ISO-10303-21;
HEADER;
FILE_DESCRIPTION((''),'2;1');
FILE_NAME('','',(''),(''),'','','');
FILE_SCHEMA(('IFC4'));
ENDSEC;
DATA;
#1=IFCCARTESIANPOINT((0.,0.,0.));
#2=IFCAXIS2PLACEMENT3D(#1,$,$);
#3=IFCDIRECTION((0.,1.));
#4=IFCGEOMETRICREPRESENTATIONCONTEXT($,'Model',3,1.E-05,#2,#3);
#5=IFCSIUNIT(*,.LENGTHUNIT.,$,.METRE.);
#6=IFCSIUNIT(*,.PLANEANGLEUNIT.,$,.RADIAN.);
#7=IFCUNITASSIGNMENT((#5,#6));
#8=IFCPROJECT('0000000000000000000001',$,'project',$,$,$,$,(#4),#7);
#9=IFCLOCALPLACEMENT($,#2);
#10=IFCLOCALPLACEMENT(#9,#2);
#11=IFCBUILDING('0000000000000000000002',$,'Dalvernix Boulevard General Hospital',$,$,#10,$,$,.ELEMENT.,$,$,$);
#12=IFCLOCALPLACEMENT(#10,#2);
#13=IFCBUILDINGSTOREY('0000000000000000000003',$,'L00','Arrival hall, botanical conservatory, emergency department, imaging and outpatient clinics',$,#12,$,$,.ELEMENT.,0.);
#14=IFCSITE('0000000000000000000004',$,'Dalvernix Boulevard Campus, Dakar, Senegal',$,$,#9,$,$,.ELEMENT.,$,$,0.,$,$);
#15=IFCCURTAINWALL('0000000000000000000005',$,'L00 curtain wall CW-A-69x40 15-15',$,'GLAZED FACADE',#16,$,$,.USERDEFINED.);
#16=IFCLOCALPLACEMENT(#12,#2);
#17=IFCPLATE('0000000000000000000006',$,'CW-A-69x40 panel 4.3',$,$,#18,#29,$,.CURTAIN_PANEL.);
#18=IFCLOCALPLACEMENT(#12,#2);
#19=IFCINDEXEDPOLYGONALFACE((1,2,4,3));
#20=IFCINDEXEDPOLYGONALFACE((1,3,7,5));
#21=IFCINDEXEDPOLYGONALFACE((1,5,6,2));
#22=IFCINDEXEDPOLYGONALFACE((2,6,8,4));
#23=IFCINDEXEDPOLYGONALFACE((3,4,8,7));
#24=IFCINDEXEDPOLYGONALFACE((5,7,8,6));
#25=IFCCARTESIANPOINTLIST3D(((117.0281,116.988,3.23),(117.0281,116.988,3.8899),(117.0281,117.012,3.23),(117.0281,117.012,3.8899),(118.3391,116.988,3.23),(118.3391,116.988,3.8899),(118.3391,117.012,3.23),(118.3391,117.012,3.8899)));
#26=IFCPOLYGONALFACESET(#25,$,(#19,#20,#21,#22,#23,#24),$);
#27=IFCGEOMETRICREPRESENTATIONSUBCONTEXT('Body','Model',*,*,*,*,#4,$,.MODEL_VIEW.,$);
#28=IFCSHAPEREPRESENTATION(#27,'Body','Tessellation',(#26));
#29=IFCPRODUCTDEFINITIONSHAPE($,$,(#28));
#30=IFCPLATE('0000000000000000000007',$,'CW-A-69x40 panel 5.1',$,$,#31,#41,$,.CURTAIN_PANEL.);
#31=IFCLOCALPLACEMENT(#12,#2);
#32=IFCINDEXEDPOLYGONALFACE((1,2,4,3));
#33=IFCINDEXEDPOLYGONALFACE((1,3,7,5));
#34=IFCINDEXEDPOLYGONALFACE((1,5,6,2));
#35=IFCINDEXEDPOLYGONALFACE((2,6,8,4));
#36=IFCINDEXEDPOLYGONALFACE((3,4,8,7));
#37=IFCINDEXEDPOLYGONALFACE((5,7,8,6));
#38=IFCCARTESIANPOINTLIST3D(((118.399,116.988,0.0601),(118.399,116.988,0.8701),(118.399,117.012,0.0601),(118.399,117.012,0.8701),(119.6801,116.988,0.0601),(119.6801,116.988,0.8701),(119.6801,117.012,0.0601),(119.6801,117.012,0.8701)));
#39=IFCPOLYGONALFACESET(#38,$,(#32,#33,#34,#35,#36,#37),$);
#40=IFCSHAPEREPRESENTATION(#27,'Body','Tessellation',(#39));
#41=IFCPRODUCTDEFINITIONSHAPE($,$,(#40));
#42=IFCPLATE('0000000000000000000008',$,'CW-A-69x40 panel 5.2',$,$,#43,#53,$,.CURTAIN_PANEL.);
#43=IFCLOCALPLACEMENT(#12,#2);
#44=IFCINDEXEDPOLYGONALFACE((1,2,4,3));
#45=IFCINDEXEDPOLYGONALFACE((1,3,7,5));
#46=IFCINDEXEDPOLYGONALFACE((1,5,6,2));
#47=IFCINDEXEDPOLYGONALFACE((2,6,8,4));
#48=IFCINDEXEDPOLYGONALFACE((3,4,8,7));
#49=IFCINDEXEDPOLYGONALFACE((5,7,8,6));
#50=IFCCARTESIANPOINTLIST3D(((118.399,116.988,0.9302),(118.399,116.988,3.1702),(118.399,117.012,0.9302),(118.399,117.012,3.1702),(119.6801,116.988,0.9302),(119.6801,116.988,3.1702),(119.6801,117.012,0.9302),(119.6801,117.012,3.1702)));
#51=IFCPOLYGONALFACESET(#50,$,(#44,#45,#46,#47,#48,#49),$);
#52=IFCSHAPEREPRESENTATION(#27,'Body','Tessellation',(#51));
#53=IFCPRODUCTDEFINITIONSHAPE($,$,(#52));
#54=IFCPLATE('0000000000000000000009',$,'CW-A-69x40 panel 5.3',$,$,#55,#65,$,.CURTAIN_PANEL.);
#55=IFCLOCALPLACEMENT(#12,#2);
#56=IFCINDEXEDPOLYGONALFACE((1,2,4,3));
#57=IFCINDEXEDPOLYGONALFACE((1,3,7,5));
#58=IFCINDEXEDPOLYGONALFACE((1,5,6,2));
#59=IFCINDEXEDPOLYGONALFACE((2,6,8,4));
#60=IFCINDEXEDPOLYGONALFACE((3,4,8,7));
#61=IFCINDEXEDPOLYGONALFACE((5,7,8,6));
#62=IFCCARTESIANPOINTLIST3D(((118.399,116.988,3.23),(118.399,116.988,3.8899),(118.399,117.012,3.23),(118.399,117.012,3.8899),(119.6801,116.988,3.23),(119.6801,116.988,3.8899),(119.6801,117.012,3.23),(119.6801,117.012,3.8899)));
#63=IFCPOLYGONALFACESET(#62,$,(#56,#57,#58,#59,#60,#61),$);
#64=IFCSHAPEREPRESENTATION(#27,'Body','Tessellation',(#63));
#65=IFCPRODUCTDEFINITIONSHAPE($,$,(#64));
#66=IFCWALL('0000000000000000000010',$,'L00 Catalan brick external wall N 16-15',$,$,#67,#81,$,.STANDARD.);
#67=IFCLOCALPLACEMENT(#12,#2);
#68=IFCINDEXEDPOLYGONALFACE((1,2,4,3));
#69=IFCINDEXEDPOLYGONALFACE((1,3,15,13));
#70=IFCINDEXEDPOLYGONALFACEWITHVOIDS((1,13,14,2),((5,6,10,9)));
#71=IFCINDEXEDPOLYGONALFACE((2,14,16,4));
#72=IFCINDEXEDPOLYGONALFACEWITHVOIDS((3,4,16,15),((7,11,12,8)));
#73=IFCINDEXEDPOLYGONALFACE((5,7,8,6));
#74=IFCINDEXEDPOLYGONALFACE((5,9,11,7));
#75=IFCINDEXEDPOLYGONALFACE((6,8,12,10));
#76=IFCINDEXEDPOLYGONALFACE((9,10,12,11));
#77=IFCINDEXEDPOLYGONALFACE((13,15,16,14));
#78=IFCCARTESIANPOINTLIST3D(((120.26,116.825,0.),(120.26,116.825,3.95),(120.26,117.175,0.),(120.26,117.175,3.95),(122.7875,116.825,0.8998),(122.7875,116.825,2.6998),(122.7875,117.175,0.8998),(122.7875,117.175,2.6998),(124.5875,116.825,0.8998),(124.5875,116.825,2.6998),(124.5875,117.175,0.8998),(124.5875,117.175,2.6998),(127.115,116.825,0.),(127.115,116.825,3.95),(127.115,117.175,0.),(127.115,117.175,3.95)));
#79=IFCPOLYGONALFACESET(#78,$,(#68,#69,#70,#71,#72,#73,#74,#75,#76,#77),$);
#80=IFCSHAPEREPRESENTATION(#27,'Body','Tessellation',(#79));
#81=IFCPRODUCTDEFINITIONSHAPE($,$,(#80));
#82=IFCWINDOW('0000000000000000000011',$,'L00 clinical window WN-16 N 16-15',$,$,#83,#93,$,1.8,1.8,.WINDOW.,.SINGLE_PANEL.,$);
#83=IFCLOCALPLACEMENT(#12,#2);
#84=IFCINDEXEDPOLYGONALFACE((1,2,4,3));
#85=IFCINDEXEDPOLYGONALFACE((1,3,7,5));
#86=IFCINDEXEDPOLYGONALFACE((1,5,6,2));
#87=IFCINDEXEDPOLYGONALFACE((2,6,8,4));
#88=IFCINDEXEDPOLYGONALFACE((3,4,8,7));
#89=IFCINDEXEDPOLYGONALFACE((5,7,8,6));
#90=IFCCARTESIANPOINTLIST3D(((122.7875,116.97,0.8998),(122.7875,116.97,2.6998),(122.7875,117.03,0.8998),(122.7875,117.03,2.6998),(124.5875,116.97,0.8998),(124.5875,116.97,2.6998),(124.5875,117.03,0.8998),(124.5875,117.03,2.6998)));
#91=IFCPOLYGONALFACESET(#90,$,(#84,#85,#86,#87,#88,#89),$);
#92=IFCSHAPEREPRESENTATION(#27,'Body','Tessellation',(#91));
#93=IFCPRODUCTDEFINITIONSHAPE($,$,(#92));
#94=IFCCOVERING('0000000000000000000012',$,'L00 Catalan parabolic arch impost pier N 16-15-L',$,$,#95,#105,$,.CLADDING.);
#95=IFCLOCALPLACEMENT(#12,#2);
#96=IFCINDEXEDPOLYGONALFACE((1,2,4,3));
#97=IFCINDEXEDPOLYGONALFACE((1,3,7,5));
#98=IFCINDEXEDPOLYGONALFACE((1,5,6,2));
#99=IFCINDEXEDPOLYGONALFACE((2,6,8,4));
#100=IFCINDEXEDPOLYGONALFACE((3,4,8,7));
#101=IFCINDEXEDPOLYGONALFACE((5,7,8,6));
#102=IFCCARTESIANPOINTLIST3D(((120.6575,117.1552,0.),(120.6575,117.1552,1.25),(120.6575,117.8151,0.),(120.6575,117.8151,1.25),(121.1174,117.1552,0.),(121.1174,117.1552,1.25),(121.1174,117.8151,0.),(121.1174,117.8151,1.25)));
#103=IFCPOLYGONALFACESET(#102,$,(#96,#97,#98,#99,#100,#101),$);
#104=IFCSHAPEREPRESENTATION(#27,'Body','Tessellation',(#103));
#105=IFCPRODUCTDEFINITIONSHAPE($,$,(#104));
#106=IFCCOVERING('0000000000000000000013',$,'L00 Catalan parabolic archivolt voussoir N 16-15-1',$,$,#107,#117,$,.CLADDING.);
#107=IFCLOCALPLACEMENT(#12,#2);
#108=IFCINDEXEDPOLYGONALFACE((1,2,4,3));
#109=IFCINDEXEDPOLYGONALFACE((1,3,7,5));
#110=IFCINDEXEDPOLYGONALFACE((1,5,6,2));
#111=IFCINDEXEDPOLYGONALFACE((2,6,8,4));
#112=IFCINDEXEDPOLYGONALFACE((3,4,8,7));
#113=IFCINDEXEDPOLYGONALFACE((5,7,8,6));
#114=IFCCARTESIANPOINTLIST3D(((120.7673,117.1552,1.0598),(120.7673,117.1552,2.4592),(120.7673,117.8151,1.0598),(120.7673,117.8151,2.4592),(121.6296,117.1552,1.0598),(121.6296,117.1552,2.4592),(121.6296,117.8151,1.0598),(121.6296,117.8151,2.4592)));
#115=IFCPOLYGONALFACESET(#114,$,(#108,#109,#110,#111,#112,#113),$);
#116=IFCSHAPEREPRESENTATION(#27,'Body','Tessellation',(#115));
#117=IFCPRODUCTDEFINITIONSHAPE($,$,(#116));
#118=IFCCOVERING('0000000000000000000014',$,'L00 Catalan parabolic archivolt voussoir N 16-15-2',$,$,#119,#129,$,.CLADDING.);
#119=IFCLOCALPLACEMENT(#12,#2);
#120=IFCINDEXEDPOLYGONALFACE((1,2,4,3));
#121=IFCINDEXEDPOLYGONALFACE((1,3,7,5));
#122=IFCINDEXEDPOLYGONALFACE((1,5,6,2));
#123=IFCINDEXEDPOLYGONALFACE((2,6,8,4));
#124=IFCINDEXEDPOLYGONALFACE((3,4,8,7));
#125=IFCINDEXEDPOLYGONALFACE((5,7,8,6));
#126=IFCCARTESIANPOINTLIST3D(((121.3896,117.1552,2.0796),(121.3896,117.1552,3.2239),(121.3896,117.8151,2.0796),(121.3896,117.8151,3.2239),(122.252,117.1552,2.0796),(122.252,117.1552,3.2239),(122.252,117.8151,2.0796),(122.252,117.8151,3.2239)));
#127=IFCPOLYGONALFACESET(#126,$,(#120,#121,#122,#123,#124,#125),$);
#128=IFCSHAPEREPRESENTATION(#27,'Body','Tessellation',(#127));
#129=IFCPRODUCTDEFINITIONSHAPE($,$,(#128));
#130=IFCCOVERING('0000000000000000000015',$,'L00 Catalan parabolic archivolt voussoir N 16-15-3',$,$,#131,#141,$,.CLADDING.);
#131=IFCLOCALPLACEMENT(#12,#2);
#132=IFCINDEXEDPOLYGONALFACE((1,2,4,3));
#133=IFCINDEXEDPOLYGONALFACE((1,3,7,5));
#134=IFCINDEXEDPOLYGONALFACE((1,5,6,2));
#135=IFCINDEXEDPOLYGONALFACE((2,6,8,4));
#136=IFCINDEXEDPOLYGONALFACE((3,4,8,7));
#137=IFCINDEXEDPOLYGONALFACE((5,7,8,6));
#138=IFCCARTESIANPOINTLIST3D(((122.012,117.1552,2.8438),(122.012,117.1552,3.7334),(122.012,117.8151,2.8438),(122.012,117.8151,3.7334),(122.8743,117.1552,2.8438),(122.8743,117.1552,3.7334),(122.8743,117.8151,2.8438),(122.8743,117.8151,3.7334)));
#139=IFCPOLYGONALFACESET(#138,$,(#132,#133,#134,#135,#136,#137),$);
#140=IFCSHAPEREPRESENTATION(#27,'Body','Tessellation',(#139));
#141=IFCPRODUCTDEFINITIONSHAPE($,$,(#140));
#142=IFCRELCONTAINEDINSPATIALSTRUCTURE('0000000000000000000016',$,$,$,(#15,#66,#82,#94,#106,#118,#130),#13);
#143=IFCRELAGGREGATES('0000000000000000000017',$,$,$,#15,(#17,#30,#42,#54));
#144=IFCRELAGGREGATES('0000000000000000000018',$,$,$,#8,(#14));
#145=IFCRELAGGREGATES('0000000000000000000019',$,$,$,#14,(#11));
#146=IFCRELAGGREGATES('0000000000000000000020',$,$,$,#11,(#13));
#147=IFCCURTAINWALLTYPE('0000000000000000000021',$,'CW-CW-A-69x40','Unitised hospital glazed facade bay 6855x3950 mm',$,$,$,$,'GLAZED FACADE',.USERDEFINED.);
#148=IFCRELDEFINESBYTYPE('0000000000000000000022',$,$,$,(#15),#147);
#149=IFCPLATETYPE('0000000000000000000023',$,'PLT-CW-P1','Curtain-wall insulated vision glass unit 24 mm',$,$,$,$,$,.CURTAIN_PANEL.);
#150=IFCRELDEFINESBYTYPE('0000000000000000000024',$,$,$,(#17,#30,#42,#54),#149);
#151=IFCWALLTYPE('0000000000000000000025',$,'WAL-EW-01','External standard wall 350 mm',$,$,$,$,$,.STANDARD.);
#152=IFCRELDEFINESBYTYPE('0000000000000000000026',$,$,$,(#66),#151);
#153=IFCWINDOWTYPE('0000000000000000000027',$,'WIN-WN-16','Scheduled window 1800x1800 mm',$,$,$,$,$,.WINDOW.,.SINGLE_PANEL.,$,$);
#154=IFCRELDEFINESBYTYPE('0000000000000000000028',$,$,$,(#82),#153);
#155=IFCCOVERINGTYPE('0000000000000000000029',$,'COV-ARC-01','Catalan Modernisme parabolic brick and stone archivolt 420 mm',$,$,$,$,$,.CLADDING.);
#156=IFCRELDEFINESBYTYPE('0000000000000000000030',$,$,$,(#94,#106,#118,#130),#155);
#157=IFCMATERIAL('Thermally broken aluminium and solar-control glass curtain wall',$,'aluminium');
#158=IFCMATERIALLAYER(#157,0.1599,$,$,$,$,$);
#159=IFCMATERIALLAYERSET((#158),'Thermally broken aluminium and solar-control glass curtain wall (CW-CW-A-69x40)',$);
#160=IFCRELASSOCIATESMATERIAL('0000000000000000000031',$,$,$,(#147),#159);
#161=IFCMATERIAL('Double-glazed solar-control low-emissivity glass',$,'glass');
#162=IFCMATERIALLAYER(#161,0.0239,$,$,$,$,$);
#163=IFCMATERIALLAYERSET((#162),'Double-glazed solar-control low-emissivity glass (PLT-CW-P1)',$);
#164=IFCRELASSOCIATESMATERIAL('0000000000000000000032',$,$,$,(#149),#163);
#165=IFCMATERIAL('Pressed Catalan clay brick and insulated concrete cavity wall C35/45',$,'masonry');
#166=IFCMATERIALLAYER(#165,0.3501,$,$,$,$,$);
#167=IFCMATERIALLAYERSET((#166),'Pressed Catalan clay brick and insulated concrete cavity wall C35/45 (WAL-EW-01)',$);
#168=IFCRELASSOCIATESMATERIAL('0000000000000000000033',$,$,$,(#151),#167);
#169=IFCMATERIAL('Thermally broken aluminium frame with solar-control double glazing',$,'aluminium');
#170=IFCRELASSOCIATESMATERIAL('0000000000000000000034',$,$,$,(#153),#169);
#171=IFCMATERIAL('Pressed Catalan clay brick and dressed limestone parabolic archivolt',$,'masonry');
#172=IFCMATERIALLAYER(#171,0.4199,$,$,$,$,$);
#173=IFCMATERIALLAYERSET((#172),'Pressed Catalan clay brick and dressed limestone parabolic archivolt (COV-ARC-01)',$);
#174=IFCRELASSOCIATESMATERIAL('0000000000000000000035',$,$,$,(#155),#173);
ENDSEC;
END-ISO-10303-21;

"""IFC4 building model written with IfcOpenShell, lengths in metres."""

from ifc_helpers import new_model, si_unit, direction, frame, frame_2d, origin, origin_2d, place, context, subcontext, project, spatial, rectangle, extrude, material, layer, layer_set, type_object, element, fill, aggregate, save


model = new_model("IFC4")

# Units and contexts
model_context = context("Model", 3, precision=1e-05, world=origin(), true_north=direction((0.0, 1.0)))
body_context = subcontext(model_context, "Body", "Model", "MODEL_VIEW")
ifc_project = project(units=[si_unit("LENGTHUNIT", "METRE"), si_unit("PLANEANGLEUNIT", "RADIAN")], contexts=[model_context])

# Site, building, storey
site_placement = place(None, origin())
site = spatial("IfcSite", under=ifc_project, at=site_placement, Name="Dalvernix Boulevard Campus, Dakar, Senegal", CompositionType="ELEMENT", RefElevation=0.0)
building_placement = place(site_placement, origin())
building = spatial("IfcBuilding", under=site, at=building_placement, Name="Dalvernix Boulevard General Hospital", CompositionType="ELEMENT")
storey_placement = place(building_placement, origin())
storey = spatial("IfcBuildingStorey", under=building, at=storey_placement, Name="L00", Description="Arrival hall, botanical conservatory, emergency department, imaging and outpatient clinics", CompositionType="ELEMENT", Elevation=0.0)

# Curtain wall, plates
ifc_material_1 = material(Name="Thermally broken aluminium and solar-control glass curtain wall", Category="aluminium")
ifc_layer_1 = layer(ifc_material_1, 0.1599)
ifc_layer_set_1 = layer_set([ifc_layer_1], Name="Thermally broken aluminium and solar-control glass curtain wall (CW-CW-A-69x40)")
curtain_wall_type = type_object("IfcCurtainWallType", Name="CW-CW-A-69x40", Description="Unitised hospital glazed facade bay 6855x3950 mm", ElementType="GLAZED FACADE", PredefinedType="USERDEFINED", material=ifc_layer_set_1)
curtain_wall_placement = place(storey_placement, origin())
curtain_wall = element("IfcCurtainWall", 1, at=curtain_wall_placement, inside=storey, type_object=curtain_wall_type, Name="L00 curtain wall CW-A-69x40 15-15", ObjectType="GLAZED FACADE", PredefinedType="USERDEFINED")
ifc_material_2 = material(Name="Double-glazed solar-control low-emissivity glass", Category="glass")
ifc_layer_2 = layer(ifc_material_2, 0.0239)
ifc_layer_set_2 = layer_set([ifc_layer_2], Name="Double-glazed solar-control low-emissivity glass (PLT-CW-P1)")
plate_type = type_object("IfcPlateType", Name="PLT-CW-P1", Description="Curtain-wall insulated vision glass unit 24 mm", PredefinedType="CURTAIN_PANEL", material=ifc_layer_set_2)
plate_1_placement = place(storey_placement, frame((117.6836, 117.0, 3.23), z_axis=(0.0, 0.0, 1.0), x_axis=(1.0, 0.0, 0.0)))
plate_1 = element("IfcPlate", 2, at=plate_1_placement, type_object=plate_type, Name="CW-A-69x40 panel 4.3", PredefinedType="CURTAIN_PANEL", context=body_context, shape_type="SweptSolid", body=[
    extrude(rectangle(XDim=1.311, YDim=0.0239, at=origin_2d()), origin(), (0.0, 0.0, 1.0), 0.6599),
])
plate_2_placement = place(storey_placement, frame((119.0396, 117.0, 0.0601), z_axis=(0.0, 0.0, 1.0), x_axis=(1.0, 0.0, 0.0)))
plate_2 = element("IfcPlate", 3, at=plate_2_placement, type_object=plate_type, Name="CW-A-69x40 panel 5.1", PredefinedType="CURTAIN_PANEL", context=body_context, shape_type="SweptSolid", body=[
    extrude(rectangle(XDim=1.281, YDim=0.0239, at=origin_2d()), origin(), (0.0, 0.0, 1.0), 0.8101),
])
plate_3_placement = place(storey_placement, frame((119.0396, 117.0, 0.9302), z_axis=(0.0, 0.0, 1.0), x_axis=(1.0, 0.0, 0.0)))
plate_3 = element("IfcPlate", 4, at=plate_3_placement, type_object=plate_type, Name="CW-A-69x40 panel 5.2", PredefinedType="CURTAIN_PANEL", context=body_context, shape_type="SweptSolid", body=[
    extrude(rectangle(XDim=1.281, YDim=0.0239, at=origin_2d()), origin(), (0.0, 0.0, 1.0), 2.24),
])
plate_4_placement = place(storey_placement, frame((119.0396, 117.0, 3.23), z_axis=(0.0, 0.0, 1.0), x_axis=(1.0, 0.0, 0.0)))
plate_4 = element("IfcPlate", 5, at=plate_4_placement, type_object=plate_type, Name="CW-A-69x40 panel 5.3", PredefinedType="CURTAIN_PANEL", context=body_context, shape_type="SweptSolid", body=[
    extrude(rectangle(XDim=1.281, YDim=0.0239, at=origin_2d()), origin(), (0.0, 0.0, 1.0), 0.6599),
])
aggregate(curtain_wall, [plate_1, plate_2, plate_3, plate_4])

# Wall, opening, window
ifc_material_3 = material(Name="Pressed Catalan clay brick and insulated concrete cavity wall C35/45", Category="masonry")
ifc_layer_3 = layer(ifc_material_3, 0.3501)
ifc_layer_set_3 = layer_set([ifc_layer_3], Name="Pressed Catalan clay brick and insulated concrete cavity wall C35/45 (WAL-EW-01)")
wall_type = type_object("IfcWallType", Name="WAL-EW-01", Description="External standard wall 350 mm", PredefinedType="STANDARD", material=ifc_layer_set_3)
wall_placement = place(storey_placement, frame((120.26, 117.0, 0.0), z_axis=(0.0, 0.0, 1.0), x_axis=(1.0, 0.0, 0.0)))
wall = element("IfcWall", 6, at=wall_placement, inside=storey, type_object=wall_type, Name="L00 Catalan brick external wall N 16-15", PredefinedType="STANDARD", context=body_context, shape_type="SweptSolid", body=[
    extrude(rectangle(XDim=6.855, YDim=0.3501, at=frame_2d((3.4275, 0.0))), origin(), (0.0, 0.0, 1.0), 3.95),
])
opening_placement = place(wall_placement, frame((2.5276, 0.0, 0.8999)))
opening = element("IfcOpeningElement", 7, at=opening_placement, cuts=wall, PredefinedType="OPENING", context=body_context, shape_type="SweptSolid", body=[
    extrude(rectangle(XDim=1.8, YDim=1.8, at=frame_2d((0.8999, 0.8999))), frame((0.0, 0.1851, 0.0), z_axis=(0.0, -1.0, 0.0), x_axis=(1.0, 0.0, 0.0)), (0.0, 0.0, 1.0), 0.3701),
])
ifc_material_4 = material(Name="Thermally broken aluminium frame with solar-control double glazing", Category="aluminium")
window_type = type_object("IfcWindowType", Name="WIN-WN-16", Description="Scheduled window 1800x1800 mm", PartitioningType="SINGLE_PANEL", PredefinedType="WINDOW", material=ifc_material_4)
window_placement = place(opening_placement, origin())
window = element("IfcWindow", 8, at=window_placement, inside=storey, type_object=window_type, Name="L00 clinical window WN-16 N 16-15", OverallHeight=1.8, OverallWidth=1.8, PartitioningType="SINGLE_PANEL", PredefinedType="WINDOW", context=body_context, shape_type="SweptSolid", body=[
    extrude(rectangle(XDim=1.8, YDim=1.8, at=frame_2d((0.8999, 0.8999))), frame((0.0, 0.03, 0.0), z_axis=(0.0, -1.0, 0.0), x_axis=(1.0, 0.0, 0.0)), (0.0, 0.0, 1.0), 0.0601),
])
fill(opening, window)

# Coverings
ifc_material_5 = material(Name="Pressed Catalan clay brick and dressed limestone parabolic archivolt", Category="masonry")
ifc_layer_4 = layer(ifc_material_5, 0.4199)
ifc_layer_set_4 = layer_set([ifc_layer_4], Name="Pressed Catalan clay brick and dressed limestone parabolic archivolt (COV-ARC-01)")
covering_type = type_object("IfcCoveringType", Name="COV-ARC-01", Description="Catalan Modernisme parabolic brick and stone archivolt 420 mm", PredefinedType="CLADDING", material=ifc_layer_set_4)
covering_1_placement = place(storey_placement, frame((120.8875, 117.4851, 0.0), z_axis=(0.0, 0.0, 1.0), x_axis=(1.0, 0.0, 0.0)))
element("IfcCovering", 9, at=covering_1_placement, inside=storey, type_object=covering_type, Name="L00 Catalan parabolic arch impost pier N 16-15-L", PredefinedType="CLADDING", context=body_context, shape_type="SweptSolid", body=[
    extrude(rectangle(XDim=0.46, YDim=0.6599, at=origin_2d()), origin(), (0.0, 0.0, 1.0), 1.25),
])
covering_2_placement = place(storey_placement, frame((121.1985, 117.4851, 1.0598), z_axis=(0.0, 0.0, 1.0), x_axis=(1.0, 0.0, 0.0)))
element("IfcCovering", 10, at=covering_2_placement, inside=storey, type_object=covering_type, Name="L00 Catalan parabolic archivolt voussoir N 16-15-1", PredefinedType="CLADDING", context=body_context, shape_type="SweptSolid", body=[
    extrude(rectangle(XDim=0.8623, YDim=0.6599, at=origin_2d()), origin(), (0.0, 0.0, 1.0), 1.3994),
])
covering_3_placement = place(storey_placement, frame((121.8208, 117.4851, 2.0796), z_axis=(0.0, 0.0, 1.0), x_axis=(1.0, 0.0, 0.0)))
element("IfcCovering", 11, at=covering_3_placement, inside=storey, type_object=covering_type, Name="L00 Catalan parabolic archivolt voussoir N 16-15-2", PredefinedType="CLADDING", context=body_context, shape_type="SweptSolid", body=[
    extrude(rectangle(XDim=0.8623, YDim=0.6599, at=origin_2d()), origin(), (0.0, 0.0, 1.0), 1.1443),
])
covering_4_placement = place(storey_placement, frame((122.4431, 117.4851, 2.8438), z_axis=(0.0, 0.0, 1.0), x_axis=(1.0, 0.0, 0.0)))
element("IfcCovering", 12, at=covering_4_placement, inside=storey, type_object=covering_type, Name="L00 Catalan parabolic archivolt voussoir N 16-15-3", PredefinedType="CLADDING", context=body_context, shape_type="SweptSolid", body=[
    extrude(rectangle(XDim=0.8623, YDim=0.6599, at=origin_2d()), origin(), (0.0, 0.0, 1.0), 0.8896),
])

save(model, "model.ifc")
